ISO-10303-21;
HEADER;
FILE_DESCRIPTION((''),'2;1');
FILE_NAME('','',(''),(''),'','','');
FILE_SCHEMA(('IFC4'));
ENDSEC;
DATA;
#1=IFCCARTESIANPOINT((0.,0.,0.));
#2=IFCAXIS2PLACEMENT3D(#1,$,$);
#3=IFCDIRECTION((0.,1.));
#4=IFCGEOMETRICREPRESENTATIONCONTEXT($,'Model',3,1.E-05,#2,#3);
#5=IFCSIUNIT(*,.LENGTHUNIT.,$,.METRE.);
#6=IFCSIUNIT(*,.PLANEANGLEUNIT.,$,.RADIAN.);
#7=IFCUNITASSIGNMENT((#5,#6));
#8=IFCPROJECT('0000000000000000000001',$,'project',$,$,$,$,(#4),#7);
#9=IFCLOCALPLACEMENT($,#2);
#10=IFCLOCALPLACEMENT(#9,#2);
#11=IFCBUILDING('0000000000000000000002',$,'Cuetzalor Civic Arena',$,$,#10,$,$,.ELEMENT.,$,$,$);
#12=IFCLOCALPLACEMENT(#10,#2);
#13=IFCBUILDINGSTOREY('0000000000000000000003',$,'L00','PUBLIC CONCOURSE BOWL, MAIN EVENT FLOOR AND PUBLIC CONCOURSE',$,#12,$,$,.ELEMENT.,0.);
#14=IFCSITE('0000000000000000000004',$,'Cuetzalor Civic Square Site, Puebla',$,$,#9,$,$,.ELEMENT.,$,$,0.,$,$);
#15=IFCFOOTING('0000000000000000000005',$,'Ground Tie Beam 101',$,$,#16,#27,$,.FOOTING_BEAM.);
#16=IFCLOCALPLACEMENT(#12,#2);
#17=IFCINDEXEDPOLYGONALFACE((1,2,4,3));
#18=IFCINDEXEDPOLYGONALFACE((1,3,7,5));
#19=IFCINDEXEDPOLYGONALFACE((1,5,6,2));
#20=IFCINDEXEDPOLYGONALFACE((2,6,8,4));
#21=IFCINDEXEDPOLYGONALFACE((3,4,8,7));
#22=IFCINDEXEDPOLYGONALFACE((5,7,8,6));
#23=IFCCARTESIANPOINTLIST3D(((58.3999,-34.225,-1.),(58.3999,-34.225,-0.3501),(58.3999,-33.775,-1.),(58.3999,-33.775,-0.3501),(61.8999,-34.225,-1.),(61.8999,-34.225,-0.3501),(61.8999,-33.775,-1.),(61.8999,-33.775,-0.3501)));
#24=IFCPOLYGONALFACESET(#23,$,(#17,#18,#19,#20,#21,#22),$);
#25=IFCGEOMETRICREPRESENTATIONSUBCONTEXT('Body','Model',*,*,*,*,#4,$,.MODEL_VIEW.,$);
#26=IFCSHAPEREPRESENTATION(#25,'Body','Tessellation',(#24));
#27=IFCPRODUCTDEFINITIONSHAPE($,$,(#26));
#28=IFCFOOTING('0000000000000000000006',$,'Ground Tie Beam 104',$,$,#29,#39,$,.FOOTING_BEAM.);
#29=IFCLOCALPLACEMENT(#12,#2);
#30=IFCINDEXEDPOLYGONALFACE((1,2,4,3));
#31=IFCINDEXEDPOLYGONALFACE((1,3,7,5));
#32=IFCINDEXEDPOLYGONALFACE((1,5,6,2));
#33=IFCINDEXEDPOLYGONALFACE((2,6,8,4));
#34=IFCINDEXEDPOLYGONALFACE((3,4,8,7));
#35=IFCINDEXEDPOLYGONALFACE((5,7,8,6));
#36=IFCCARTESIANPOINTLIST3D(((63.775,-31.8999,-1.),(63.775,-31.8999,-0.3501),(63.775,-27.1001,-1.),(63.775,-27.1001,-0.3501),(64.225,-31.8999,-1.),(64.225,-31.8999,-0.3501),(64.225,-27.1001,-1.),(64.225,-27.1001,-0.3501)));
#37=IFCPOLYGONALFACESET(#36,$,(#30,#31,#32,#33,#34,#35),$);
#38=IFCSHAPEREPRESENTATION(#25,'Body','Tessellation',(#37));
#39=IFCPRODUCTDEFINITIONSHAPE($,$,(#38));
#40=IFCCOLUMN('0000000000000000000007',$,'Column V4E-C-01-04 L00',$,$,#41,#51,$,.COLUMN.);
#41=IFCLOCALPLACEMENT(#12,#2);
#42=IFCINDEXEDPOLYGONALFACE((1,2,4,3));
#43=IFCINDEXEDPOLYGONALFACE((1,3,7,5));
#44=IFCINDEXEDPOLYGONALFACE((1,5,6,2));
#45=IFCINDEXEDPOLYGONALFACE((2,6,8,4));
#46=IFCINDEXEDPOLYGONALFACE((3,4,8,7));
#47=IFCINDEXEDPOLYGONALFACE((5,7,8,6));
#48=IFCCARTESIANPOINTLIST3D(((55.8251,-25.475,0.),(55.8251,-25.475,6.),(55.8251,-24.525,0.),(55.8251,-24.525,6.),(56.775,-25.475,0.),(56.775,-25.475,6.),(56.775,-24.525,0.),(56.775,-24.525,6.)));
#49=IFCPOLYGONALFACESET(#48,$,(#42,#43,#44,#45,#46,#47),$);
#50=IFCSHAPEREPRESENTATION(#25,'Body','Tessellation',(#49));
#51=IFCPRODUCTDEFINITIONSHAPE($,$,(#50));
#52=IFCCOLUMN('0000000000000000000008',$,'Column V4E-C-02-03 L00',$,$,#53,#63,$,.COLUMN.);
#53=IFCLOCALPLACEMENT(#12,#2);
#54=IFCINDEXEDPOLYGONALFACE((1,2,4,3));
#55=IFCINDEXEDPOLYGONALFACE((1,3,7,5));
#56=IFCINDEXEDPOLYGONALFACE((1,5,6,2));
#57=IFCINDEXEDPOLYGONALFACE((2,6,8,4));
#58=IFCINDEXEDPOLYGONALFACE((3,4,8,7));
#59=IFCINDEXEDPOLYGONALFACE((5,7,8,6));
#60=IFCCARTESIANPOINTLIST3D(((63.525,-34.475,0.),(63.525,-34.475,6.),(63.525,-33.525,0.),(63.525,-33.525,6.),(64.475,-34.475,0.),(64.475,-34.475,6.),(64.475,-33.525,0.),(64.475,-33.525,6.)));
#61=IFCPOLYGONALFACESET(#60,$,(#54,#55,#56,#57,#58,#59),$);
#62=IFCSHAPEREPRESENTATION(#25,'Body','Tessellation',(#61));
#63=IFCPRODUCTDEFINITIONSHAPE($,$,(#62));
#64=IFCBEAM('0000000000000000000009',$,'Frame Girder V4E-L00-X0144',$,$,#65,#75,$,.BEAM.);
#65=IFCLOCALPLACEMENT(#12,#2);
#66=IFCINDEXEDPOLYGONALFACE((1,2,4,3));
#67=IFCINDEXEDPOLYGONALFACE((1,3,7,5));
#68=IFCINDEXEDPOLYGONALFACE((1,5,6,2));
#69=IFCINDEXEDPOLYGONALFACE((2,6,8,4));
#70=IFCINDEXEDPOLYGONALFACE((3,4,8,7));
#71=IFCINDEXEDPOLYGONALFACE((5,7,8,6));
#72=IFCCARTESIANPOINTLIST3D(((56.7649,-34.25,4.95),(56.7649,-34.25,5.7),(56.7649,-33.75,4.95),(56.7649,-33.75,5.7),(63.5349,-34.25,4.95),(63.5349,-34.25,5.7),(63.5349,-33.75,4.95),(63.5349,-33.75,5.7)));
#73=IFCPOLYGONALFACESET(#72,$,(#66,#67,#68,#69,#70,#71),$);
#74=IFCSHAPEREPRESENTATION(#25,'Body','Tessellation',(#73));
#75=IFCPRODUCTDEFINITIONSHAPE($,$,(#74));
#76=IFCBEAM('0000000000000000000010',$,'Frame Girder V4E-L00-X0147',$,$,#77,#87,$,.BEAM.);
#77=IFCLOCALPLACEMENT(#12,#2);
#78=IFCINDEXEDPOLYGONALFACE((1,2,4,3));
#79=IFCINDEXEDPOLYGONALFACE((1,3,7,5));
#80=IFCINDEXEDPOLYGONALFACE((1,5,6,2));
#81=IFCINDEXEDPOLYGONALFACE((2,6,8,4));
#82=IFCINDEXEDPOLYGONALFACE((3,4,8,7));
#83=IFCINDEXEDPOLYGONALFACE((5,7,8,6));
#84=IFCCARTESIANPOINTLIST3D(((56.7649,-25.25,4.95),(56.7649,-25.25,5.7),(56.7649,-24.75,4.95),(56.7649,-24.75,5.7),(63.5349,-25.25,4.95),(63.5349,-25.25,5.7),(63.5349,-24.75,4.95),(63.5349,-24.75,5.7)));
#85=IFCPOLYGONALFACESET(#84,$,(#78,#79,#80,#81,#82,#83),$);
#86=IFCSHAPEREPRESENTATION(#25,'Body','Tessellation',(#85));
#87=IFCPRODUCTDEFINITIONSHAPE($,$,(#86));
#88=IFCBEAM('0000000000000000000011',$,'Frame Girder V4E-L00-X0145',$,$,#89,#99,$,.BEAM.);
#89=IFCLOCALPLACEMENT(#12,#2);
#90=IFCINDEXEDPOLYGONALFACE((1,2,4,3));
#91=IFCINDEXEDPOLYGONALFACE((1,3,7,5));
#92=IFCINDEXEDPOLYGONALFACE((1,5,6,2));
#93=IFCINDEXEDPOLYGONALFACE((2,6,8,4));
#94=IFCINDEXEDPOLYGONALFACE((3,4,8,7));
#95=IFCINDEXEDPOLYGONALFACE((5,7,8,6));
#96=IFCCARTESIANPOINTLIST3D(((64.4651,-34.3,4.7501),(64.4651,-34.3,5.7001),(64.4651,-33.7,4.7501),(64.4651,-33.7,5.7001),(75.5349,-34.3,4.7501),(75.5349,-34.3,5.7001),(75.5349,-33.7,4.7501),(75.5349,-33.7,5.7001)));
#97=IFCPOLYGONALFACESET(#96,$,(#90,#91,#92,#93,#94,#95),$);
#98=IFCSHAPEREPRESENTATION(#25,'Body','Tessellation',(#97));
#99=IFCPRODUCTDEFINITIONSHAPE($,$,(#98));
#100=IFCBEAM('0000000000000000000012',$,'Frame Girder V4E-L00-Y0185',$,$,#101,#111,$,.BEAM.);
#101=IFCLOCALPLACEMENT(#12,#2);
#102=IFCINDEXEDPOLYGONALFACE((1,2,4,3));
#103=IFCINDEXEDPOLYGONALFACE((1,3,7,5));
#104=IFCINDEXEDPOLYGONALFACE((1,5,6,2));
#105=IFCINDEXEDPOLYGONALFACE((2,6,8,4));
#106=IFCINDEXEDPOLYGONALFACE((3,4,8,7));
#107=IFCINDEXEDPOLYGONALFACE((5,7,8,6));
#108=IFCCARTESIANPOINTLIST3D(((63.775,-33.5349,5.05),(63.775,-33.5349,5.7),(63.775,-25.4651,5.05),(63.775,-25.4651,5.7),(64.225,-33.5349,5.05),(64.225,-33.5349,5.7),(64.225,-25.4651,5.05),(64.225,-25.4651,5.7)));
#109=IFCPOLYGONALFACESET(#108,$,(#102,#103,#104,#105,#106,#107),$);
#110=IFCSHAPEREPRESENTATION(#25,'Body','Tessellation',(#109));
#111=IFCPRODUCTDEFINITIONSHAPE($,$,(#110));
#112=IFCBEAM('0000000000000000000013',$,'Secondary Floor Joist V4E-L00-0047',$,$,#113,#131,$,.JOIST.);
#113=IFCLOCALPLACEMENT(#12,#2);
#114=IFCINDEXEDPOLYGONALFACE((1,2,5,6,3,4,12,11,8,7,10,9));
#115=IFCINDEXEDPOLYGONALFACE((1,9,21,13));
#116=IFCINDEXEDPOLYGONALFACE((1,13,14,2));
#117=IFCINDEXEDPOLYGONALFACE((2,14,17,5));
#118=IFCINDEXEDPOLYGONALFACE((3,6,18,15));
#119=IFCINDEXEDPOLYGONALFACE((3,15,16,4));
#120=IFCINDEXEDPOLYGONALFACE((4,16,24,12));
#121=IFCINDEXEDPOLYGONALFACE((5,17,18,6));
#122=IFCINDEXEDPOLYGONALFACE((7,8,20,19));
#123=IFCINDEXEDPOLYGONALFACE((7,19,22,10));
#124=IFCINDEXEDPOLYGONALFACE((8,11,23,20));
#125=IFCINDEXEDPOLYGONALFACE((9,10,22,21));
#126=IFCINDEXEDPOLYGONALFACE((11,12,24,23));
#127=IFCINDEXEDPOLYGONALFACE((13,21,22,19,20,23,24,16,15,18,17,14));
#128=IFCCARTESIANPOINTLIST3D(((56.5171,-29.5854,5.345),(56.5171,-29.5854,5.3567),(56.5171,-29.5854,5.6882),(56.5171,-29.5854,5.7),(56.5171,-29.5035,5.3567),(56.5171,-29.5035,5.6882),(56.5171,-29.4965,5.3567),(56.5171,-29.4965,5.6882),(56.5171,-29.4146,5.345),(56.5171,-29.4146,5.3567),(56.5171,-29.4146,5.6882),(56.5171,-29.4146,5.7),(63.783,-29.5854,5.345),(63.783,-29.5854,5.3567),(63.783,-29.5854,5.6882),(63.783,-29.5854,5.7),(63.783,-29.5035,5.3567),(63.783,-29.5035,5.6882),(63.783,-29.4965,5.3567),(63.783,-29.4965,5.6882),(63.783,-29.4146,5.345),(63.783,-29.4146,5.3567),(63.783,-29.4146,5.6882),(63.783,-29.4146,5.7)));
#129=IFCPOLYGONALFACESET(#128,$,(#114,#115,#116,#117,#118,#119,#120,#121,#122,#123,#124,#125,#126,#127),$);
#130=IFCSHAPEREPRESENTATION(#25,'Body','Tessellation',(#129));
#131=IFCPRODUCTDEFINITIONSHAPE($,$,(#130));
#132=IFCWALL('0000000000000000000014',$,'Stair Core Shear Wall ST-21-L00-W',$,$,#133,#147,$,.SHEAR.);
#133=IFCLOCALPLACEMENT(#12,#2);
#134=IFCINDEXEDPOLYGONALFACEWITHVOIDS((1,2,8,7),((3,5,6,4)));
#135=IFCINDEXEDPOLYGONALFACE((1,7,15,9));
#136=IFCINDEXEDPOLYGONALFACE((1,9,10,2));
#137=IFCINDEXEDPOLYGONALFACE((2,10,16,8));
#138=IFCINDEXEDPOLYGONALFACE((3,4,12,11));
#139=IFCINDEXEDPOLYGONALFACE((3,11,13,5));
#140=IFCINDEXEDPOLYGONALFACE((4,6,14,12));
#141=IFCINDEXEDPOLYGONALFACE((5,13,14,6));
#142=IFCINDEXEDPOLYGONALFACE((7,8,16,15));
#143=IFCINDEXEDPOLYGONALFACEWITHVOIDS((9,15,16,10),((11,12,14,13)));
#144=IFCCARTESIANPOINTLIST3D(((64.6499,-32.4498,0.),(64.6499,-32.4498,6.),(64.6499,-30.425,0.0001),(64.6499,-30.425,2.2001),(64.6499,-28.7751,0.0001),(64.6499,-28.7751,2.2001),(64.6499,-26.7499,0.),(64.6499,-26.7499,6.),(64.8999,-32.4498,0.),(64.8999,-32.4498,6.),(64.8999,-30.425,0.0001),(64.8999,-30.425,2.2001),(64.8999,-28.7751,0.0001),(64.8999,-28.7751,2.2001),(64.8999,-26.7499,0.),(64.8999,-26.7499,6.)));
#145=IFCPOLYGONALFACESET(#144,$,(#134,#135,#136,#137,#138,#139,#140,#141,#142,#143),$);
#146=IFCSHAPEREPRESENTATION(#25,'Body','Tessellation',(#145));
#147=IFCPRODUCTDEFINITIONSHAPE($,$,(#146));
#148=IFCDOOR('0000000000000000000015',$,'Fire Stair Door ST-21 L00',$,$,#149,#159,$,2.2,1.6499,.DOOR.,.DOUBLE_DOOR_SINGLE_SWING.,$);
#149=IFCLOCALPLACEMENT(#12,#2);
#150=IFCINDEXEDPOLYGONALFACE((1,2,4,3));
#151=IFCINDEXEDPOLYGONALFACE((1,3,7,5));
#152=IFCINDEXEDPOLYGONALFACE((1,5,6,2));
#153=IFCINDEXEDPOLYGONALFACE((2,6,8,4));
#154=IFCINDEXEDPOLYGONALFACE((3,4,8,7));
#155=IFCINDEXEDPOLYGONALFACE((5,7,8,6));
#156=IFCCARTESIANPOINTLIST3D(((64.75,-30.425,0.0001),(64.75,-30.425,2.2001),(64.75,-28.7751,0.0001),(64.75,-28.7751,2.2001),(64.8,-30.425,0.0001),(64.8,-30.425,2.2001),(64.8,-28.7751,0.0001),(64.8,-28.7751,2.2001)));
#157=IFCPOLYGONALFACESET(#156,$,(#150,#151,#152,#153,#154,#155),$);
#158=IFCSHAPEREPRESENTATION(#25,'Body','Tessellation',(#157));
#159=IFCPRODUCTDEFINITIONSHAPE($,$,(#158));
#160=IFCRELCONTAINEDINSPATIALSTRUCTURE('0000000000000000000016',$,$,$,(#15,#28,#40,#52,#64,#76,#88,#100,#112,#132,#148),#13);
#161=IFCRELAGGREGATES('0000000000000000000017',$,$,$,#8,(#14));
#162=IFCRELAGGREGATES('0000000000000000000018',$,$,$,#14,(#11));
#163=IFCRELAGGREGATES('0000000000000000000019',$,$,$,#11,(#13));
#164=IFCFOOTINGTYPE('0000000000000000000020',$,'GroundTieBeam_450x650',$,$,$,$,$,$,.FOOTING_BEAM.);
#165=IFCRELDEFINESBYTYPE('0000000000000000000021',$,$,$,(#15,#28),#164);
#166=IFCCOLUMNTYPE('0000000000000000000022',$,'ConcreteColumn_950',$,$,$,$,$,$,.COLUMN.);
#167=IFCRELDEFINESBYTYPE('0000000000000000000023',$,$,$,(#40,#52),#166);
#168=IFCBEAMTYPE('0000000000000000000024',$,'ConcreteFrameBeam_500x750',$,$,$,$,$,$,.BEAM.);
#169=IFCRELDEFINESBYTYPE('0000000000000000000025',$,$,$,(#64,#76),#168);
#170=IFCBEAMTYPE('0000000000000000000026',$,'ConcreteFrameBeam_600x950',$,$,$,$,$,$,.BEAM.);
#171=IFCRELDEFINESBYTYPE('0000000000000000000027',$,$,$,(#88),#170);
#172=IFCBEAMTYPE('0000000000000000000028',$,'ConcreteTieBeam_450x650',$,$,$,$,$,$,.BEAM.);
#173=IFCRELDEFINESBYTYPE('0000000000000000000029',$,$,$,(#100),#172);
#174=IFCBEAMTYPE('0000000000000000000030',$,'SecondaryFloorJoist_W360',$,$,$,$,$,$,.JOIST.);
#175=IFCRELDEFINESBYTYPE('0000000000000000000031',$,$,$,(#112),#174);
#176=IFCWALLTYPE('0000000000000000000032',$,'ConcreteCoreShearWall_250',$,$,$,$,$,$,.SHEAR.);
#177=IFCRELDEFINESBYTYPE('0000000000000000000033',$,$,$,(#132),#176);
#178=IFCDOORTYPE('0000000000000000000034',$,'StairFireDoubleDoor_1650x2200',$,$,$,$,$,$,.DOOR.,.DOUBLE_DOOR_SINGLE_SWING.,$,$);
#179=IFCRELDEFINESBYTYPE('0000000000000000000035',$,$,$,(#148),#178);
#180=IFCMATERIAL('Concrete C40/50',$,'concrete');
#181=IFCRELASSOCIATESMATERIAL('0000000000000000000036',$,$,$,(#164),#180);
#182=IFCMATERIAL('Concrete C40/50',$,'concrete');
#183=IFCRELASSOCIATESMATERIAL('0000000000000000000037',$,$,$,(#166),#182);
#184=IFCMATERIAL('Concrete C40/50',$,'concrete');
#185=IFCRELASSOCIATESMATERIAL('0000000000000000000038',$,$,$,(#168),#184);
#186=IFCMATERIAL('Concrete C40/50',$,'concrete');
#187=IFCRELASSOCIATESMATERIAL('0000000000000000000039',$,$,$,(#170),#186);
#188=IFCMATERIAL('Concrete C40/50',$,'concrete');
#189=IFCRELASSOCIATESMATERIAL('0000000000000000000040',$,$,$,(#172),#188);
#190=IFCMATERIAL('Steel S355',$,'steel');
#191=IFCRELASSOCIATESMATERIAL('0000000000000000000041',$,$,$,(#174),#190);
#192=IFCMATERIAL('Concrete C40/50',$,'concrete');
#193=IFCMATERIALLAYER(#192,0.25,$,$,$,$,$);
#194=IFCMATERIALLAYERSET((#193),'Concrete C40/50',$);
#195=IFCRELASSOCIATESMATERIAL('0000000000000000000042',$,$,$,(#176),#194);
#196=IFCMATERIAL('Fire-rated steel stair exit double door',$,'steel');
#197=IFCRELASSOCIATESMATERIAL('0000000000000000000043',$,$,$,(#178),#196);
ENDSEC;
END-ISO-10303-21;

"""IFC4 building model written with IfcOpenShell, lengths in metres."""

from ifc_helpers import new_model, si_unit, direction, frame, frame_2d, origin, origin_2d, place, context, subcontext, project, spatial, rectangle, i_section, extrude, material, layer, layer_set, material_profile, profile_set, type_object, element, fill, save


model = new_model("IFC4")

# Units and contexts
model_context = context("Model", 3, precision=1e-05, world=origin(), true_north=direction((0.0, 1.0)))
body_context = subcontext(model_context, "Body", "Model", "MODEL_VIEW")
ifc_project = project(units=[si_unit("LENGTHUNIT", "METRE"), si_unit("PLANEANGLEUNIT", "RADIAN")], contexts=[model_context])

# Site, building, storey
site_placement = place(None, origin())
site = spatial("IfcSite", under=ifc_project, at=site_placement, Name="Cuetzalor Civic Square Site, Puebla", CompositionType="ELEMENT", RefElevation=0.0)
building_placement = place(site_placement, origin())
building = spatial("IfcBuilding", under=site, at=building_placement, Name="Cuetzalor Civic Arena", CompositionType="ELEMENT")
storey_placement = place(building_placement, origin())
storey = spatial("IfcBuildingStorey", under=building, at=storey_placement, Name="L00", Description="PUBLIC CONCOURSE BOWL, MAIN EVENT FLOOR AND PUBLIC CONCOURSE", CompositionType="ELEMENT", Elevation=0.0)

# Footings
ifc_material_1 = material(Name="Concrete C40/50", Category="concrete")
ifc_material_profile_1 = material_profile(ifc_material_1, rectangle(XDim=0.45, YDim=0.6499, at=origin_2d()), Name="RC 450x650")
ifc_profile_set_1 = profile_set([ifc_material_profile_1], Name="Concrete C40/50")
footing_type_1 = type_object("IfcFootingType", Name="GroundTieBeam_450x650", PredefinedType="FOOTING_BEAM", material=ifc_profile_set_1)
footing_1_placement = place(storey_placement, frame((58.3999, -34.0, -0.675), z_axis=(1.0, 0.0, 0.0), x_axis=(0.0, 1.0, 0.0)))
element("IfcFooting", 1, at=footing_1_placement, inside=storey, type_object=footing_type_1, Name="Ground Tie Beam 101", PredefinedType="FOOTING_BEAM", context=body_context, shape_type="SweptSolid", body=[
    extrude(rectangle(XDim=0.45, YDim=0.6499, at=origin_2d()), origin(), (0.0, 0.0, 1.0), 3.5),
])
footing_2_placement = place(storey_placement, frame((64.0, -31.8999, -0.675), z_axis=(0.0, 1.0, 0.0), x_axis=(-1.0, 0.0, 0.0)))
element("IfcFooting", 2, at=footing_2_placement, inside=storey, type_object=footing_type_1, Name="Ground Tie Beam 104", PredefinedType="FOOTING_BEAM", context=body_context, shape_type="SweptSolid", body=[
    extrude(rectangle(XDim=0.45, YDim=0.6499, at=origin_2d()), origin(), (0.0, 0.0, 1.0), 4.7998),
])

# Columns
ifc_material_2 = material(Name="Concrete C40/50", Category="concrete")
ifc_material_profile_2 = material_profile(ifc_material_2, rectangle(XDim=0.95, YDim=0.95, at=origin_2d()), Name="RC 950x950")
ifc_profile_set_2 = profile_set([ifc_material_profile_2], Name="Concrete C40/50")
column_type = type_object("IfcColumnType", Name="ConcreteColumn_950", PredefinedType="COLUMN", material=ifc_profile_set_2)
for number, where, z_axis, x_axis, name in (
    (3, (56.3, -25.0, 0.0), (0.0, 0.0, 1.0), (1.0, 0.0, 0.0), "Column V4E-C-01-04 L00"),
    (4, (64.0, -34.0, 0.0), (0.0, 0.0, 1.0), (1.0, 0.0, 0.0), "Column V4E-C-02-03 L00"),
):
    element("IfcColumn", number, at=place(storey_placement, frame(where, z_axis=z_axis, x_axis=x_axis)), inside=storey, type_object=column_type, Name=name, PredefinedType="COLUMN", context=body_context, shape_type="SweptSolid", body=[
        extrude(rectangle(XDim=0.95, YDim=0.95, at=origin_2d()), origin(), (0.0, 0.0, 1.0), 6.0),
    ])

# Beams
ifc_material_3 = material(Name="Concrete C40/50", Category="concrete")
ifc_material_profile_3 = material_profile(ifc_material_3, rectangle(XDim=0.5, YDim=0.75, at=origin_2d()), Name="RC 500x750")
ifc_profile_set_3 = profile_set([ifc_material_profile_3], Name="Concrete C40/50")
beam_type_1 = type_object("IfcBeamType", Name="ConcreteFrameBeam_500x750", PredefinedType="BEAM", material=ifc_profile_set_3)
for number, where, z_axis, x_axis, name in (
    (5, (56.7649, -34.0, 5.325), (1.0, 0.0, 0.0), (0.0, 1.0, 0.0), "Frame Girder V4E-L00-X0144"),
    (6, (56.7649, -25.0, 5.325), (1.0, 0.0, 0.0), (0.0, 1.0, 0.0), "Frame Girder V4E-L00-X0147"),
):
    element("IfcBeam", number, at=place(storey_placement, frame(where, z_axis=z_axis, x_axis=x_axis)), inside=storey, type_object=beam_type_1, Name=name, PredefinedType="BEAM", context=body_context, shape_type="SweptSolid", body=[
        extrude(rectangle(XDim=0.5, YDim=0.75, at=origin_2d()), origin(), (0.0, 0.0, 1.0), 6.77),
    ])
ifc_material_4 = material(Name="Concrete C40/50", Category="concrete")
ifc_material_profile_4 = material_profile(ifc_material_4, rectangle(XDim=0.6001, YDim=0.95, at=origin_2d()), Name="RC 600x950")
ifc_profile_set_4 = profile_set([ifc_material_profile_4], Name="Concrete C40/50")
beam_type_2 = type_object("IfcBeamType", Name="ConcreteFrameBeam_600x950", PredefinedType="BEAM", material=ifc_profile_set_4)
beam_1_placement = place(storey_placement, frame((64.4651, -34.0, 5.2251), z_axis=(1.0, 0.0, 0.0), x_axis=(0.0, 1.0, 0.0)))
element("IfcBeam", 7, at=beam_1_placement, inside=storey, type_object=beam_type_2, Name="Frame Girder V4E-L00-X0145", PredefinedType="BEAM", context=body_context, shape_type="SweptSolid", body=[
    extrude(rectangle(XDim=0.6001, YDim=0.95, at=origin_2d()), origin(), (0.0, 0.0, 1.0), 11.0698),
])
ifc_material_5 = material(Name="Concrete C40/50", Category="concrete")
ifc_material_profile_5 = material_profile(ifc_material_5, rectangle(XDim=0.45, YDim=0.6499, at=origin_2d()), Name="RC 450x650")
ifc_profile_set_5 = profile_set([ifc_material_profile_5], Name="Concrete C40/50")
beam_type_3 = type_object("IfcBeamType", Name="ConcreteTieBeam_450x650", PredefinedType="BEAM", material=ifc_profile_set_5)
beam_2_placement = place(storey_placement, frame((64.0, -33.5349, 5.375), z_axis=(0.0, 1.0, 0.0), x_axis=(-1.0, 0.0, 0.0)))
element("IfcBeam", 8, at=beam_2_placement, inside=storey, type_object=beam_type_3, Name="Frame Girder V4E-L00-Y0185", PredefinedType="BEAM", context=body_context, shape_type="SweptSolid", body=[
    extrude(rectangle(XDim=0.45, YDim=0.6499, at=origin_2d()), origin(), (0.0, 0.0, 1.0), 8.0698),
])
ifc_material_6 = material(Name="Steel S355", Category="steel")
ifc_material_profile_6 = material_profile(ifc_material_6, i_section(OverallWidth=0.1709, OverallDepth=0.355, WebThickness=0.0071, FlangeThickness=0.0117, at=origin_2d()), Name="W360x51")
ifc_profile_set_6 = profile_set([ifc_material_profile_6], Name="Steel S355")
beam_type_4 = type_object("IfcBeamType", Name="SecondaryFloorJoist_W360", PredefinedType="JOIST", material=ifc_profile_set_6)
beam_3_placement = place(storey_placement, frame((56.5171, -29.5, 5.5225), z_axis=(1.0, 0.0, 0.0), x_axis=(0.0, 1.0, 0.0)))
element("IfcBeam", 9, at=beam_3_placement, inside=storey, type_object=beam_type_4, Name="Secondary Floor Joist V4E-L00-0047", PredefinedType="JOIST", context=body_context, shape_type="SweptSolid", body=[
    extrude(i_section(OverallWidth=0.1709, OverallDepth=0.355, WebThickness=0.0071, FlangeThickness=0.0117, at=origin_2d()), origin(), (0.0, 0.0, 1.0), 7.2659),
])

# Wall, opening, door
ifc_material_7 = material(Name="Concrete C40/50", Category="concrete")
ifc_layer_1 = layer(ifc_material_7, 0.25)
ifc_layer_set_1 = layer_set([ifc_layer_1], Name="Concrete C40/50")
wall_type_1 = type_object("IfcWallType", Name="ConcreteCoreShearWall_250", PredefinedType="SHEAR", material=ifc_layer_set_1)
wall_1_placement = place(storey_placement, frame((64.7749, -32.45, 0.0), z_axis=(0.0, 0.0, 1.0), x_axis=(0.0, 1.0, 0.0)))
wall_1 = element("IfcWall", 10, at=wall_1_placement, inside=storey, type_object=wall_type_1, Name="Stair Core Shear Wall ST-21-L00-W", PredefinedType="SHEAR", context=body_context, shape_type="SweptSolid", body=[
    extrude(rectangle(XDim=5.7, YDim=0.25, at=frame_2d((2.8501, 0.0))), origin(), (0.0, 0.0, 1.0), 6.0),
])
opening_1_placement = place(wall_1_placement, frame((2.0249, 0.0, 0.0)))
opening_1 = element("IfcOpeningElement", 11, at=opening_1_placement, cuts=wall_1, PredefinedType="OPENING", context=body_context, shape_type="SweptSolid", body=[
    extrude(rectangle(XDim=1.6499, YDim=2.2, at=frame_2d((0.825, 1.1001))), frame((0.0, 0.135, 0.0), z_axis=(0.0, -1.0, 0.0), x_axis=(1.0, 0.0, 0.0)), (0.0, 0.0, 1.0), 0.27),
])
ifc_material_8 = material(Name="Fire-rated steel stair exit double door", Category="steel")
door_type_1 = type_object("IfcDoorType", Name="StairFireDoubleDoor_1650x2200", OperationType="DOUBLE_DOOR_SINGLE_SWING", PredefinedType="DOOR", material=ifc_material_8)
door_1_placement = place(opening_1_placement, origin())
door_1 = element("IfcDoor", 12, at=door_1_placement, inside=storey, type_object=door_type_1, Name="Fire Stair Door ST-21 L00", OperationType="DOUBLE_DOOR_SINGLE_SWING", OverallHeight=2.2, OverallWidth=1.6499, PredefinedType="DOOR", context=body_context, shape_type="SweptSolid", body=[
    extrude(rectangle(XDim=1.6499, YDim=2.2, at=frame_2d((0.825, 1.1001))), frame((0.0, 0.0249, 0.0), z_axis=(0.0, -1.0, 0.0), x_axis=(1.0, 0.0, 0.0)), (0.0, 0.0, 1.0), 0.05),
])
fill(opening_1, door_1)

save(model, "model.ifc")
